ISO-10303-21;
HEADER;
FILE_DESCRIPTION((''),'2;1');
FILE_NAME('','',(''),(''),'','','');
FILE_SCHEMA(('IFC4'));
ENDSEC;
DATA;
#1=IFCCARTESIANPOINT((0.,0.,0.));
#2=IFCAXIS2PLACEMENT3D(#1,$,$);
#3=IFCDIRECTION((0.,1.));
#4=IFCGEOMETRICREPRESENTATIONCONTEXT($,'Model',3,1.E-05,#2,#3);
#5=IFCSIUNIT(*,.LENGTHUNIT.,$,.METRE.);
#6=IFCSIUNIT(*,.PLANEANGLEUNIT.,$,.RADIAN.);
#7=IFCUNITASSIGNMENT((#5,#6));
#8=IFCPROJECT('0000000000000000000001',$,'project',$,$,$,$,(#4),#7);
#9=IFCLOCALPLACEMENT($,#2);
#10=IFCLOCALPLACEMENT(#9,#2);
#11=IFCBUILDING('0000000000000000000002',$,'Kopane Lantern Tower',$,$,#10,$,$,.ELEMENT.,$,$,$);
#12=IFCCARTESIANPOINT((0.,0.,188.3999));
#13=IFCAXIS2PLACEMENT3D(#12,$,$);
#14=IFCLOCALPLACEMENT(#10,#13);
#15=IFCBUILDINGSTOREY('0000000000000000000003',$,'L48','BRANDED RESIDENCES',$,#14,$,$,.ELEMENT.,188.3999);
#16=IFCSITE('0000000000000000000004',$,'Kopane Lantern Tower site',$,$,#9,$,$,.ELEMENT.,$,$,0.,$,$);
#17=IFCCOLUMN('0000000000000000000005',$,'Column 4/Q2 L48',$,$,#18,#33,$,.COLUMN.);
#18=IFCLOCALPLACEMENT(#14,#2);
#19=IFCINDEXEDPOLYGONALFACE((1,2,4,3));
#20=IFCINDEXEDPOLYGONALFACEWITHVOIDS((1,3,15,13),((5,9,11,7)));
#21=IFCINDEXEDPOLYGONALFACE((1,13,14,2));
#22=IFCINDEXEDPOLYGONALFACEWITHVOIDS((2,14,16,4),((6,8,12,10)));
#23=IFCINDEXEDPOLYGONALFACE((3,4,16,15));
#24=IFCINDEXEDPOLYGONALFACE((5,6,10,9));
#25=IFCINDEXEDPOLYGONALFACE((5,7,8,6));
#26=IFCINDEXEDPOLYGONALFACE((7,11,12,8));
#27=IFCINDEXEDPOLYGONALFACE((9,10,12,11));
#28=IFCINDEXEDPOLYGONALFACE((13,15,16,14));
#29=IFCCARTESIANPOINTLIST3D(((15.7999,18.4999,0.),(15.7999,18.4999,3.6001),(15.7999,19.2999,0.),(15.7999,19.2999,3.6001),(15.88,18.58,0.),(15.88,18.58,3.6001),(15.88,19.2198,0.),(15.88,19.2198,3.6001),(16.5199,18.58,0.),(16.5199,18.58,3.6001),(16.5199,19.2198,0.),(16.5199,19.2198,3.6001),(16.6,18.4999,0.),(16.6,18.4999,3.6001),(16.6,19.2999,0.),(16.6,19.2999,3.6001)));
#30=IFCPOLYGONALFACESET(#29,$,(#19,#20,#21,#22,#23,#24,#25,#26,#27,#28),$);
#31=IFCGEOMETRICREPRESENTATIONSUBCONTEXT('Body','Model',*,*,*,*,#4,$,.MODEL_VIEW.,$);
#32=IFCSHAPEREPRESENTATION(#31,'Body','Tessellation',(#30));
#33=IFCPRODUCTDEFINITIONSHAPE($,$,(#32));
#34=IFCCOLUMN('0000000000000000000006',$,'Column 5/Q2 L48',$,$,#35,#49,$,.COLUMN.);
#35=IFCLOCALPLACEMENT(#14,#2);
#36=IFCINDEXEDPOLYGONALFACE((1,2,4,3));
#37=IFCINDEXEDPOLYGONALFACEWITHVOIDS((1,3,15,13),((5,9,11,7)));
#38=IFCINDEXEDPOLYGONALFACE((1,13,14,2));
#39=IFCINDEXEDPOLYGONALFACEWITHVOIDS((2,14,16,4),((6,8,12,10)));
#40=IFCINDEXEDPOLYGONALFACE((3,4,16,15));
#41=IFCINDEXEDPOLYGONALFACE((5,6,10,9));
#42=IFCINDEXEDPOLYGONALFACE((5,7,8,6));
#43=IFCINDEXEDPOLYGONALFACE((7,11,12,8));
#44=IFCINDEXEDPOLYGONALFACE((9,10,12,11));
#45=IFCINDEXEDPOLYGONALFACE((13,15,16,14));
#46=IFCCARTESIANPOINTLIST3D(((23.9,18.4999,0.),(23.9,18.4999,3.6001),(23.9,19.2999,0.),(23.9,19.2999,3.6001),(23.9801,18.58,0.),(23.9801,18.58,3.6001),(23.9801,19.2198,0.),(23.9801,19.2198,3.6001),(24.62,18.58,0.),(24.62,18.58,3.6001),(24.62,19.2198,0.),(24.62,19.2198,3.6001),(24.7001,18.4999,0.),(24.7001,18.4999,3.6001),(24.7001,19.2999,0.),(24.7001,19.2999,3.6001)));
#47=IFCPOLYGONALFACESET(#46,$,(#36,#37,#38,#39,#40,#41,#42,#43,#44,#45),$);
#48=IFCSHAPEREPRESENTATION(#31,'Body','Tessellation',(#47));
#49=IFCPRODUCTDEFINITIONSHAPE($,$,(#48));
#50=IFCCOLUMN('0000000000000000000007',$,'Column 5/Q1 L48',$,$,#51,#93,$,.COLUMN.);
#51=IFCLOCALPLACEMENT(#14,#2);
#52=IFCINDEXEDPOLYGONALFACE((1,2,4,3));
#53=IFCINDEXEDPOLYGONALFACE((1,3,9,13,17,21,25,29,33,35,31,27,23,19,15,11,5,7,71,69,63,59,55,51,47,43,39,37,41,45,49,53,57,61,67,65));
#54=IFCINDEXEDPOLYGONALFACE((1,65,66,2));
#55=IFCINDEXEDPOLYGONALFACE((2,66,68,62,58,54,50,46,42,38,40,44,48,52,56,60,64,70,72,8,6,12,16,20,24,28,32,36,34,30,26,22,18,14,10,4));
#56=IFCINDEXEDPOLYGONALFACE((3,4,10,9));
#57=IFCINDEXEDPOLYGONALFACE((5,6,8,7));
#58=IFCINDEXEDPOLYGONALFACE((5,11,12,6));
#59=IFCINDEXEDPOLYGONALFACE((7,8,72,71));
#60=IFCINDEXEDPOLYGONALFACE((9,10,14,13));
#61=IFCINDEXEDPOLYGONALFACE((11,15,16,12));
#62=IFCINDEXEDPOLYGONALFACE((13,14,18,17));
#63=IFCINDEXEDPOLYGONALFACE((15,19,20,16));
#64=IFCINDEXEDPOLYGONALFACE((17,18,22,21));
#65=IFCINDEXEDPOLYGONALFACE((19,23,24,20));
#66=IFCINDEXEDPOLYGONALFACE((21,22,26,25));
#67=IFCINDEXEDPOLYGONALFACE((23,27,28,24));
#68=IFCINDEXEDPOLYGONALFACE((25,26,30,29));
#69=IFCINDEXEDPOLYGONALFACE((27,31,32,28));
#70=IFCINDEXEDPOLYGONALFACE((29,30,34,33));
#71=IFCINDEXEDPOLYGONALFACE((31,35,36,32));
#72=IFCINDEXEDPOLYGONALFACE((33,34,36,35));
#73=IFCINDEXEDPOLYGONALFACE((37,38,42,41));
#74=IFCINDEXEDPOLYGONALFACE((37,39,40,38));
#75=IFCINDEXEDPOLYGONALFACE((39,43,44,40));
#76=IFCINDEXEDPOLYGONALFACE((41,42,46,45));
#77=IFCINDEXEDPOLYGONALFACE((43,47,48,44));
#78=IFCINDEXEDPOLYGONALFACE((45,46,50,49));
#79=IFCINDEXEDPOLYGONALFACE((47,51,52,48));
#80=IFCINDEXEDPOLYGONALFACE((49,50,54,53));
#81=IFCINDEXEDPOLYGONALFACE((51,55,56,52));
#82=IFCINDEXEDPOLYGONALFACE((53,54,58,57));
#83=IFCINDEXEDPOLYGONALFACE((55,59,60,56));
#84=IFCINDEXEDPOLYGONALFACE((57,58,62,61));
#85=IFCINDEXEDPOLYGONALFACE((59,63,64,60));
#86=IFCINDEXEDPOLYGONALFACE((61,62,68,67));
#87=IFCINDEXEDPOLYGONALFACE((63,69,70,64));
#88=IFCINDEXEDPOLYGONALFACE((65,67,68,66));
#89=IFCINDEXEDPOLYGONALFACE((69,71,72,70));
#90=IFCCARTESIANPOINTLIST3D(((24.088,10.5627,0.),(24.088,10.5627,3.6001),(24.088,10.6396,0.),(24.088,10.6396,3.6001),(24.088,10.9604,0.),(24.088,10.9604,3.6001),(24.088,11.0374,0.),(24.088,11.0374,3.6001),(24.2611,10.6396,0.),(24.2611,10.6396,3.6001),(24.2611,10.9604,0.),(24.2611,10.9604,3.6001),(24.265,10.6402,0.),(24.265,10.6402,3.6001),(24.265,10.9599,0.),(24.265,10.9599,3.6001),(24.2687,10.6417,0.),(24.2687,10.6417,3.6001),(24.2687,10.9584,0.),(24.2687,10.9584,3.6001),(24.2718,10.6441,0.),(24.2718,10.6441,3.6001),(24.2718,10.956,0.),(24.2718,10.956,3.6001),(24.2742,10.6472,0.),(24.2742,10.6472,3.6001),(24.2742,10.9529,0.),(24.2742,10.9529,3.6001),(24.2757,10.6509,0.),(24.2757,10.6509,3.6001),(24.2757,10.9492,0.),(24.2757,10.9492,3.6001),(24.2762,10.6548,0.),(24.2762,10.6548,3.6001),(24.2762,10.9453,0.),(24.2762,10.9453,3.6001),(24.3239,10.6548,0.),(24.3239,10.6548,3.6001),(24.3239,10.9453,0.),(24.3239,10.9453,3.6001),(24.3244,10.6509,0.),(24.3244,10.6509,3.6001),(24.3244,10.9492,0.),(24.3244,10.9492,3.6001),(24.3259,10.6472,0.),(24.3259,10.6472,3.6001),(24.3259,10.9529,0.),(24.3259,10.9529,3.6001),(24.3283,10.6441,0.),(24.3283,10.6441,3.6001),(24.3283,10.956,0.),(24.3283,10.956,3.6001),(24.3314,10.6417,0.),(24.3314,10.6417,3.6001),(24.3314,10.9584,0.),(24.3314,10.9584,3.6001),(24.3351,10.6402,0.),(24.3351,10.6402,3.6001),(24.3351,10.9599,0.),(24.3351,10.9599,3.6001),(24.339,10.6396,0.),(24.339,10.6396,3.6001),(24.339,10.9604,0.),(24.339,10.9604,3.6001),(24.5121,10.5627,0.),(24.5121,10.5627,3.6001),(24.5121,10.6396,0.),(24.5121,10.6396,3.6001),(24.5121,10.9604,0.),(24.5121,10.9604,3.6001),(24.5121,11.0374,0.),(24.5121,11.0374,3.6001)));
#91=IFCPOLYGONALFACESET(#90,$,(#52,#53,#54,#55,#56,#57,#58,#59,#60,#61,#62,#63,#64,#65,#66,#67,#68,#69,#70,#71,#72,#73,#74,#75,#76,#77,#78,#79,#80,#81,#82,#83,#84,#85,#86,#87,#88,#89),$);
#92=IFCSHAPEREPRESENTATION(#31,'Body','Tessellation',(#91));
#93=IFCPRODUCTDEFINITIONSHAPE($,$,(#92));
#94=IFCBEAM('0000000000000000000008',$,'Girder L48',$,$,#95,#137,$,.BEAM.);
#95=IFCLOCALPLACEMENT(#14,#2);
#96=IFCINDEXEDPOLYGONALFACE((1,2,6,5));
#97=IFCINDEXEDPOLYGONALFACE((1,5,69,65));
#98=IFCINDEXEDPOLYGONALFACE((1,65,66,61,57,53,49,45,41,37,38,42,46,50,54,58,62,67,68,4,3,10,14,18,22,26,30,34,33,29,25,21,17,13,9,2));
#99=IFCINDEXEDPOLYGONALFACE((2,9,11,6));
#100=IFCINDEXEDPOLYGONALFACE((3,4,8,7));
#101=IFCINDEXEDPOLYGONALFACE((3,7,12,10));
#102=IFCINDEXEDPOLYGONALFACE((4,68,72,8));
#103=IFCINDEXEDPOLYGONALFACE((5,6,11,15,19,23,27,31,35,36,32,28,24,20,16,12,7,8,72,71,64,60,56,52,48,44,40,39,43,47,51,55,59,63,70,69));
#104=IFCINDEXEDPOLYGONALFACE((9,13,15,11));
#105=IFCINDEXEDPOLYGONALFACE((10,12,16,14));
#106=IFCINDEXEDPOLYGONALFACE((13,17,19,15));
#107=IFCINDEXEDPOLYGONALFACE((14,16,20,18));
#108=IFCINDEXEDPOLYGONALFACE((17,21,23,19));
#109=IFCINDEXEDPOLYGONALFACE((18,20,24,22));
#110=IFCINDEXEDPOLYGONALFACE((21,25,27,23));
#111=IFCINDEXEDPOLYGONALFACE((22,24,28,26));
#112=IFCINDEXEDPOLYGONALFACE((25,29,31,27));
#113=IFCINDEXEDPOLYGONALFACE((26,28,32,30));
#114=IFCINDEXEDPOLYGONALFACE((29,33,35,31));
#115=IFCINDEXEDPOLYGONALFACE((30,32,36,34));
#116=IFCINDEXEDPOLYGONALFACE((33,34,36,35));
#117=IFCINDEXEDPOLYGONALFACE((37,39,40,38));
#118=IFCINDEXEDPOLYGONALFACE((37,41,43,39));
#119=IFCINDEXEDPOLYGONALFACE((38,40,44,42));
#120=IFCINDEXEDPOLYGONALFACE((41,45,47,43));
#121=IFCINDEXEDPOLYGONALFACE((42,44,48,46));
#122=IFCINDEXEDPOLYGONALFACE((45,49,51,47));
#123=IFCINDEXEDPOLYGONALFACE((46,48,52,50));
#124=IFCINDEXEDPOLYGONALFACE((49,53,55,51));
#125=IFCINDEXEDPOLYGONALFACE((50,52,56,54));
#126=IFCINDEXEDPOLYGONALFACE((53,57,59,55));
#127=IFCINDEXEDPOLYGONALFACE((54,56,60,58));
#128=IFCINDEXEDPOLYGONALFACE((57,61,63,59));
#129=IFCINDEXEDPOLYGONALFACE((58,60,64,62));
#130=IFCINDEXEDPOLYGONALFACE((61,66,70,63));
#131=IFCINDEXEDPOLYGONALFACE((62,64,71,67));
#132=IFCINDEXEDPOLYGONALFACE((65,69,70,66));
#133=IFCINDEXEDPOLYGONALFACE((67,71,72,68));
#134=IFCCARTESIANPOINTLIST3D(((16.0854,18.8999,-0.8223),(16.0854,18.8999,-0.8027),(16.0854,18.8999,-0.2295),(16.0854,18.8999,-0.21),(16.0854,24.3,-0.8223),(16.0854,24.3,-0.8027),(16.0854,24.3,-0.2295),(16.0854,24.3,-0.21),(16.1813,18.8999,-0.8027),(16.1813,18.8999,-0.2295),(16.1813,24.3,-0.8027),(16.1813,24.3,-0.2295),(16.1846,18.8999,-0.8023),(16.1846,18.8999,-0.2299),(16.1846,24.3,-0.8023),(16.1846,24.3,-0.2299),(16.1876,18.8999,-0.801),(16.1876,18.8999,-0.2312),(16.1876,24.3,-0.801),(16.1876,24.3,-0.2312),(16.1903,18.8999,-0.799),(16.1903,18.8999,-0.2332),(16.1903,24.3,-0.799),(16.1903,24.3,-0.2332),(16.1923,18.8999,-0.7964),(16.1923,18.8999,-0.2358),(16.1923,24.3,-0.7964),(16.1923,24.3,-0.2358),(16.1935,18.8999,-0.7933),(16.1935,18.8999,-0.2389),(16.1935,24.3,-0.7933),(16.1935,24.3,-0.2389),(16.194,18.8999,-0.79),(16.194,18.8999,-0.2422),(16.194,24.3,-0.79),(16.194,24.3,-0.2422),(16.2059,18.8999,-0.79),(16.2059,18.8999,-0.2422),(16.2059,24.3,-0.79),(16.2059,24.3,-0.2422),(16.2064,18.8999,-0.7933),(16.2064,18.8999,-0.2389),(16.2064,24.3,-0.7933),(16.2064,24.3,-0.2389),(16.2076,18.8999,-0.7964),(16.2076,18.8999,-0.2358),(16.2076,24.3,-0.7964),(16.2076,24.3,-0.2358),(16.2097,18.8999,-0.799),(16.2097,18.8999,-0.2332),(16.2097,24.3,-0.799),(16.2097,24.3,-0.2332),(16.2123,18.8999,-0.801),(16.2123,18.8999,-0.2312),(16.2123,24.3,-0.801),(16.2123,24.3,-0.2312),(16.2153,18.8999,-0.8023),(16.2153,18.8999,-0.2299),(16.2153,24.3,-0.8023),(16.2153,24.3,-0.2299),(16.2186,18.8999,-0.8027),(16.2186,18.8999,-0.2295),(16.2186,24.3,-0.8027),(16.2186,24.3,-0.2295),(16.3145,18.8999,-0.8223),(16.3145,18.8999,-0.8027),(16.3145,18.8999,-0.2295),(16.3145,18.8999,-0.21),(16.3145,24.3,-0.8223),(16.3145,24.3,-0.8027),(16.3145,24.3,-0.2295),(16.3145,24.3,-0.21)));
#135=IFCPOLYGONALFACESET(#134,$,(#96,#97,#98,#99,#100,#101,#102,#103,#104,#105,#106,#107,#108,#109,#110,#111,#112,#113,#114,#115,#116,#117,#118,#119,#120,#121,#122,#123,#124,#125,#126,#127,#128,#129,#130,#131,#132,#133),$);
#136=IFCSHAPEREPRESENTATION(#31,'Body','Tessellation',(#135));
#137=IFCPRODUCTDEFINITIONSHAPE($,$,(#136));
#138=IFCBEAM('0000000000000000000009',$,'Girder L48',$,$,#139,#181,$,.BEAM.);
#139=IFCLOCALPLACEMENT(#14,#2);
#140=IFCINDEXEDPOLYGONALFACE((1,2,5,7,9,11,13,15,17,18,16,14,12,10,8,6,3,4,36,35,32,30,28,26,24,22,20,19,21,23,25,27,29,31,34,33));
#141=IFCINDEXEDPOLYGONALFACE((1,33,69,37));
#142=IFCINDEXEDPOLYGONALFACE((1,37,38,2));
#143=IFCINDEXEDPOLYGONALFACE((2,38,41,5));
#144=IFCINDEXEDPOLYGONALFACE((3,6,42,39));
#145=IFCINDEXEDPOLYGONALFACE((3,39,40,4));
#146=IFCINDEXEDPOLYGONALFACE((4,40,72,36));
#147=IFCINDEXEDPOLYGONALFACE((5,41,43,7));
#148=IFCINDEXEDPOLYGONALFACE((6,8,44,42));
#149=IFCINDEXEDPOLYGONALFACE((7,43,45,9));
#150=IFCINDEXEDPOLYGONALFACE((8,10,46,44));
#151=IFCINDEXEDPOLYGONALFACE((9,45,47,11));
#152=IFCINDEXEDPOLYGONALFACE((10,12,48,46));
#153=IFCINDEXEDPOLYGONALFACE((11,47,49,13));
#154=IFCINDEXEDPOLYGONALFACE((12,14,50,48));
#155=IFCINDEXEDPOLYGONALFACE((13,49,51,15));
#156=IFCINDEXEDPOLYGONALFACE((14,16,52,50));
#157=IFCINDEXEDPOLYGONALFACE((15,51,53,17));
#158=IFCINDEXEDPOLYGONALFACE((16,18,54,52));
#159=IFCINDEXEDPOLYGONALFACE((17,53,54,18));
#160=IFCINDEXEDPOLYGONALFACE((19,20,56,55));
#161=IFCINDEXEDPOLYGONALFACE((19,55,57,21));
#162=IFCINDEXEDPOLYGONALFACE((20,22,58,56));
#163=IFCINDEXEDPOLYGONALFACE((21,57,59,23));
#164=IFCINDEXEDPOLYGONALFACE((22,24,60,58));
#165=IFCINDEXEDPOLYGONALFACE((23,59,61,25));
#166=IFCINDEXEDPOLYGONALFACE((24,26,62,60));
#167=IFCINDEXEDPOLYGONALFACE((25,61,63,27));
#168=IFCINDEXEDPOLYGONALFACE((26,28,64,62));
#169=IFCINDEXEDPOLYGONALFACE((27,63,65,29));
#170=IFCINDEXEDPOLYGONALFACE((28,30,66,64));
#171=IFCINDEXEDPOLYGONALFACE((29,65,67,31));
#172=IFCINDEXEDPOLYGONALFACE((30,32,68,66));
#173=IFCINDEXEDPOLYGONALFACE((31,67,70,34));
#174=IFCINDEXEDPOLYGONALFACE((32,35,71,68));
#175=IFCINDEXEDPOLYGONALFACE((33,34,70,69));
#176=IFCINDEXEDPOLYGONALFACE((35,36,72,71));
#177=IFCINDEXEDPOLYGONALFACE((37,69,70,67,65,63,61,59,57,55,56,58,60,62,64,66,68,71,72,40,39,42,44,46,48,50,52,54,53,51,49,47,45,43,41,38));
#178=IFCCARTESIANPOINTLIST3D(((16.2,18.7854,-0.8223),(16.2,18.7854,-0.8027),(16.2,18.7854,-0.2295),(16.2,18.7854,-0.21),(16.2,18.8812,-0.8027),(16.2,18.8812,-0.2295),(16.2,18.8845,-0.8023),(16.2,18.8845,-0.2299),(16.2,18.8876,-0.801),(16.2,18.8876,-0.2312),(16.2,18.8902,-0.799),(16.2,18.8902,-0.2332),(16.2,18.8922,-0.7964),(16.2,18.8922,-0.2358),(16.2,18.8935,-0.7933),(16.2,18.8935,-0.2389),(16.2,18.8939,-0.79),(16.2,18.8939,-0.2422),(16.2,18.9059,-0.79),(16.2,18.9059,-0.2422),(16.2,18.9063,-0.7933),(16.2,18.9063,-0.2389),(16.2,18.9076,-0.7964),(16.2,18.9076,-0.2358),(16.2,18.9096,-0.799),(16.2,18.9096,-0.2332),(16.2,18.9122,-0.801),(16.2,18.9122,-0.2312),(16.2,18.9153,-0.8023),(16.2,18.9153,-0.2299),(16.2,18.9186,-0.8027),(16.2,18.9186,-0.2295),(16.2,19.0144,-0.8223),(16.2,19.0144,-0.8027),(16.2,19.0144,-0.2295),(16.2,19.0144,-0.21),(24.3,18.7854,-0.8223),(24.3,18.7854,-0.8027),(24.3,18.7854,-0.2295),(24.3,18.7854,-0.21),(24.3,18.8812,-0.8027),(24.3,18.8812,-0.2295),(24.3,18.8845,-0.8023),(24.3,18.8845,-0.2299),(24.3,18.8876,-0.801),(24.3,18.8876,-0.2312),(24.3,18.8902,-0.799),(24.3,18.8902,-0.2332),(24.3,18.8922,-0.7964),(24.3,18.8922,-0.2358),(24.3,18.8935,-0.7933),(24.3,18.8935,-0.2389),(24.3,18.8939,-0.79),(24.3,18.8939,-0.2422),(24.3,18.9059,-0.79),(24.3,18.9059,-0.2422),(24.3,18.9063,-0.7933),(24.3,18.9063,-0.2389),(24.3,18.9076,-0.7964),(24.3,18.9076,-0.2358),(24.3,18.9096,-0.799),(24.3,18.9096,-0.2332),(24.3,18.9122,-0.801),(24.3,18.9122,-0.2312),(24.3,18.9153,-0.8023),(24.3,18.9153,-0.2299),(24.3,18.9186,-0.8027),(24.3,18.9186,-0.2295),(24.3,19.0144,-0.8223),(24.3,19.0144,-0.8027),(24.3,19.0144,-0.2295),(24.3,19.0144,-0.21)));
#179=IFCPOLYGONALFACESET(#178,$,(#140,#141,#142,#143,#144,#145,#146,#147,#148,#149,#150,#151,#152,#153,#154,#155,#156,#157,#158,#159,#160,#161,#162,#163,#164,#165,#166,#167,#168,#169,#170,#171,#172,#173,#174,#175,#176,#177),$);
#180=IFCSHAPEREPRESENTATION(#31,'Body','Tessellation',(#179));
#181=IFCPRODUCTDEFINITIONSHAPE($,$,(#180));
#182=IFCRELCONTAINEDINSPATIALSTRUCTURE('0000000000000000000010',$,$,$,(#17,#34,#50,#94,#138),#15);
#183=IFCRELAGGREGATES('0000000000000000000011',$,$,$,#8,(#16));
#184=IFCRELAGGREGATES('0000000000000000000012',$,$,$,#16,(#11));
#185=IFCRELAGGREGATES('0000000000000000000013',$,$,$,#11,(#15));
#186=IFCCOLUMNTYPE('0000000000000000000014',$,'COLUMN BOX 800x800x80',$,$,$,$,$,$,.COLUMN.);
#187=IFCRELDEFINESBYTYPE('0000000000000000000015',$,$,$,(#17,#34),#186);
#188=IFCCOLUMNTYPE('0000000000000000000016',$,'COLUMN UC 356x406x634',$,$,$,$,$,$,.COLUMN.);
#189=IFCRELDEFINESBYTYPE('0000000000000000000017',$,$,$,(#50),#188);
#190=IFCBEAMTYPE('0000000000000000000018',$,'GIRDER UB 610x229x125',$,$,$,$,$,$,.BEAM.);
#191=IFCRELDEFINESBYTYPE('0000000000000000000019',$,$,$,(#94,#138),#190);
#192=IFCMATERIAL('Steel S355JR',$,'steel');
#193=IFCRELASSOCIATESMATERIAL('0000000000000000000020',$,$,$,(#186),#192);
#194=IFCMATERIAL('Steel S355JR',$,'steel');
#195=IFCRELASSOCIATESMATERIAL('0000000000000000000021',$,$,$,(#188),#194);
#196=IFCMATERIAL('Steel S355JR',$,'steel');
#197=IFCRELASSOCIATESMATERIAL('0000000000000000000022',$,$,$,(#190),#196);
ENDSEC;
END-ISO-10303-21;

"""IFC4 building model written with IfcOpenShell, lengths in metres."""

from ifc_helpers import new_model, si_unit, direction, frame, origin, origin_2d, place, context, subcontext, project, spatial, hollow_rectangle, i_section, extrude, material, material_profile, profile_set, type_object, element, save


model = new_model("IFC4")

# Units and contexts
model_context = context("Model", 3, precision=1e-05, world=origin(), true_north=direction((0.0, 1.0)))
body_context = subcontext(model_context, "Body", "Model", "MODEL_VIEW")
ifc_project = project(units=[si_unit("LENGTHUNIT", "METRE"), si_unit("PLANEANGLEUNIT", "RADIAN")], contexts=[model_context])

# Site, building, storey
site_placement = place(None, origin())
site = spatial("IfcSite", under=ifc_project, at=site_placement, Name="Kopane Lantern Tower site", CompositionType="ELEMENT", RefElevation=0.0)
building_placement = place(site_placement, origin())
building = spatial("IfcBuilding", under=site, at=building_placement, Name="Kopane Lantern Tower", CompositionType="ELEMENT")
storey_placement = place(building_placement, frame((0.0, 0.0, 188.3999)))
storey = spatial("IfcBuildingStorey", under=building, at=storey_placement, Name="L48", Description="BRANDED RESIDENCES", CompositionType="ELEMENT", Elevation=188.3999)

# Columns
ifc_material_1 = material(Name="Steel S355JR", Category="steel")
ifc_material_profile_1 = material_profile(ifc_material_1, hollow_rectangle(XDim=0.8, YDim=0.8, WallThickness=0.0801, at=origin_2d()), Name="BOX 800x800x80")
ifc_profile_set_1 = profile_set([ifc_material_profile_1], Name="Steel S355JR")
column_type_1 = type_object("IfcColumnType", Name="COLUMN BOX 800x800x80", PredefinedType="COLUMN", material=ifc_profile_set_1)
for number, where, z_axis, x_axis, name in (
    (1, (16.2, 18.8999, 0.0), (0.0, 0.0, 1.0), (1.0, 0.0, 0.0), "Column 4/Q2 L48"),
    (2, (24.3, 18.8999, 0.0), (0.0, 0.0, 1.0), (1.0, 0.0, 0.0), "Column 5/Q2 L48"),
):
    element("IfcColumn", number, at=place(storey_placement, frame(where, z_axis=z_axis, x_axis=x_axis)), inside=storey, type_object=column_type_1, Name=name, PredefinedType="COLUMN", context=body_context, shape_type="SweptSolid", body=[
        extrude(hollow_rectangle(XDim=0.8, YDim=0.8, WallThickness=0.0801, at=origin_2d()), origin(), (0.0, 0.0, 1.0), 3.6001),
    ])
ifc_material_2 = material(Name="Steel S355JR", Category="steel")
ifc_material_profile_2 = material_profile(ifc_material_2, i_section(OverallWidth=0.4241, OverallDepth=0.4746, WebThickness=0.0476, FlangeThickness=0.0769, FilletRadius=0.0151, at=origin_2d()), Name="UC 356x406x634")
ifc_profile_set_2 = profile_set([ifc_material_profile_2], Name="Steel S355JR")
column_type_2 = type_object("IfcColumnType", Name="COLUMN UC 356x406x634", PredefinedType="COLUMN", material=ifc_profile_set_2)
column_placement = place(storey_placement, frame((24.3, 10.8, 0.0), z_axis=(0.0, 0.0, 1.0), x_axis=(1.0, 0.0, 0.0)))
element("IfcColumn", 3, at=column_placement, inside=storey, type_object=column_type_2, Name="Column 5/Q1 L48", PredefinedType="COLUMN", context=body_context, shape_type="SweptSolid", body=[
    extrude(i_section(OverallWidth=0.4241, OverallDepth=0.4746, WebThickness=0.0476, FlangeThickness=0.0769, FilletRadius=0.0151, at=origin_2d()), origin(), (0.0, 0.0, 1.0), 3.6001),
])

# Beams
ifc_material_3 = material(Name="Steel S355JR", Category="steel")
ifc_material_profile_3 = material_profile(ifc_material_3, i_section(OverallWidth=0.229, OverallDepth=0.6123, WebThickness=0.012, FlangeThickness=0.0195, FilletRadius=0.0127, at=origin_2d()), Name="UB 610x229x125")
ifc_profile_set_3 = profile_set([ifc_material_profile_3], Name="Steel S355JR")
beam_type = type_object("IfcBeamType", Name="GIRDER UB 610x229x125", PredefinedType="BEAM", material=ifc_profile_set_3)
beam_1_placement = place(storey_placement, frame((16.2, 18.8999, -0.5161), z_axis=(0.0, 1.0, 0.0), x_axis=(-1.0, 0.0, 0.0)))
element("IfcBeam", 4, at=beam_1_placement, inside=storey, type_object=beam_type, Name="Girder L48", PredefinedType="BEAM", context=body_context, shape_type="SweptSolid", body=[
    extrude(i_section(OverallWidth=0.229, OverallDepth=0.6123, WebThickness=0.012, FlangeThickness=0.0195, FilletRadius=0.0127, at=origin_2d()), origin(), (0.0, 0.0, 1.0), 5.4001),
])
beam_2_placement = place(storey_placement, frame((16.2, 18.8999, -0.5161), z_axis=(1.0, 0.0, 0.0), x_axis=(0.0, 1.0, 0.0)))
element("IfcBeam", 5, at=beam_2_placement, inside=storey, type_object=beam_type, Name="Girder L48", PredefinedType="BEAM", context=body_context, shape_type="SweptSolid", body=[
    extrude(i_section(OverallWidth=0.229, OverallDepth=0.6123, WebThickness=0.012, FlangeThickness=0.0195, FilletRadius=0.0127, at=origin_2d()), origin(), (0.0, 0.0, 1.0), 8.1001),
])

save(model, "model.ifc")
